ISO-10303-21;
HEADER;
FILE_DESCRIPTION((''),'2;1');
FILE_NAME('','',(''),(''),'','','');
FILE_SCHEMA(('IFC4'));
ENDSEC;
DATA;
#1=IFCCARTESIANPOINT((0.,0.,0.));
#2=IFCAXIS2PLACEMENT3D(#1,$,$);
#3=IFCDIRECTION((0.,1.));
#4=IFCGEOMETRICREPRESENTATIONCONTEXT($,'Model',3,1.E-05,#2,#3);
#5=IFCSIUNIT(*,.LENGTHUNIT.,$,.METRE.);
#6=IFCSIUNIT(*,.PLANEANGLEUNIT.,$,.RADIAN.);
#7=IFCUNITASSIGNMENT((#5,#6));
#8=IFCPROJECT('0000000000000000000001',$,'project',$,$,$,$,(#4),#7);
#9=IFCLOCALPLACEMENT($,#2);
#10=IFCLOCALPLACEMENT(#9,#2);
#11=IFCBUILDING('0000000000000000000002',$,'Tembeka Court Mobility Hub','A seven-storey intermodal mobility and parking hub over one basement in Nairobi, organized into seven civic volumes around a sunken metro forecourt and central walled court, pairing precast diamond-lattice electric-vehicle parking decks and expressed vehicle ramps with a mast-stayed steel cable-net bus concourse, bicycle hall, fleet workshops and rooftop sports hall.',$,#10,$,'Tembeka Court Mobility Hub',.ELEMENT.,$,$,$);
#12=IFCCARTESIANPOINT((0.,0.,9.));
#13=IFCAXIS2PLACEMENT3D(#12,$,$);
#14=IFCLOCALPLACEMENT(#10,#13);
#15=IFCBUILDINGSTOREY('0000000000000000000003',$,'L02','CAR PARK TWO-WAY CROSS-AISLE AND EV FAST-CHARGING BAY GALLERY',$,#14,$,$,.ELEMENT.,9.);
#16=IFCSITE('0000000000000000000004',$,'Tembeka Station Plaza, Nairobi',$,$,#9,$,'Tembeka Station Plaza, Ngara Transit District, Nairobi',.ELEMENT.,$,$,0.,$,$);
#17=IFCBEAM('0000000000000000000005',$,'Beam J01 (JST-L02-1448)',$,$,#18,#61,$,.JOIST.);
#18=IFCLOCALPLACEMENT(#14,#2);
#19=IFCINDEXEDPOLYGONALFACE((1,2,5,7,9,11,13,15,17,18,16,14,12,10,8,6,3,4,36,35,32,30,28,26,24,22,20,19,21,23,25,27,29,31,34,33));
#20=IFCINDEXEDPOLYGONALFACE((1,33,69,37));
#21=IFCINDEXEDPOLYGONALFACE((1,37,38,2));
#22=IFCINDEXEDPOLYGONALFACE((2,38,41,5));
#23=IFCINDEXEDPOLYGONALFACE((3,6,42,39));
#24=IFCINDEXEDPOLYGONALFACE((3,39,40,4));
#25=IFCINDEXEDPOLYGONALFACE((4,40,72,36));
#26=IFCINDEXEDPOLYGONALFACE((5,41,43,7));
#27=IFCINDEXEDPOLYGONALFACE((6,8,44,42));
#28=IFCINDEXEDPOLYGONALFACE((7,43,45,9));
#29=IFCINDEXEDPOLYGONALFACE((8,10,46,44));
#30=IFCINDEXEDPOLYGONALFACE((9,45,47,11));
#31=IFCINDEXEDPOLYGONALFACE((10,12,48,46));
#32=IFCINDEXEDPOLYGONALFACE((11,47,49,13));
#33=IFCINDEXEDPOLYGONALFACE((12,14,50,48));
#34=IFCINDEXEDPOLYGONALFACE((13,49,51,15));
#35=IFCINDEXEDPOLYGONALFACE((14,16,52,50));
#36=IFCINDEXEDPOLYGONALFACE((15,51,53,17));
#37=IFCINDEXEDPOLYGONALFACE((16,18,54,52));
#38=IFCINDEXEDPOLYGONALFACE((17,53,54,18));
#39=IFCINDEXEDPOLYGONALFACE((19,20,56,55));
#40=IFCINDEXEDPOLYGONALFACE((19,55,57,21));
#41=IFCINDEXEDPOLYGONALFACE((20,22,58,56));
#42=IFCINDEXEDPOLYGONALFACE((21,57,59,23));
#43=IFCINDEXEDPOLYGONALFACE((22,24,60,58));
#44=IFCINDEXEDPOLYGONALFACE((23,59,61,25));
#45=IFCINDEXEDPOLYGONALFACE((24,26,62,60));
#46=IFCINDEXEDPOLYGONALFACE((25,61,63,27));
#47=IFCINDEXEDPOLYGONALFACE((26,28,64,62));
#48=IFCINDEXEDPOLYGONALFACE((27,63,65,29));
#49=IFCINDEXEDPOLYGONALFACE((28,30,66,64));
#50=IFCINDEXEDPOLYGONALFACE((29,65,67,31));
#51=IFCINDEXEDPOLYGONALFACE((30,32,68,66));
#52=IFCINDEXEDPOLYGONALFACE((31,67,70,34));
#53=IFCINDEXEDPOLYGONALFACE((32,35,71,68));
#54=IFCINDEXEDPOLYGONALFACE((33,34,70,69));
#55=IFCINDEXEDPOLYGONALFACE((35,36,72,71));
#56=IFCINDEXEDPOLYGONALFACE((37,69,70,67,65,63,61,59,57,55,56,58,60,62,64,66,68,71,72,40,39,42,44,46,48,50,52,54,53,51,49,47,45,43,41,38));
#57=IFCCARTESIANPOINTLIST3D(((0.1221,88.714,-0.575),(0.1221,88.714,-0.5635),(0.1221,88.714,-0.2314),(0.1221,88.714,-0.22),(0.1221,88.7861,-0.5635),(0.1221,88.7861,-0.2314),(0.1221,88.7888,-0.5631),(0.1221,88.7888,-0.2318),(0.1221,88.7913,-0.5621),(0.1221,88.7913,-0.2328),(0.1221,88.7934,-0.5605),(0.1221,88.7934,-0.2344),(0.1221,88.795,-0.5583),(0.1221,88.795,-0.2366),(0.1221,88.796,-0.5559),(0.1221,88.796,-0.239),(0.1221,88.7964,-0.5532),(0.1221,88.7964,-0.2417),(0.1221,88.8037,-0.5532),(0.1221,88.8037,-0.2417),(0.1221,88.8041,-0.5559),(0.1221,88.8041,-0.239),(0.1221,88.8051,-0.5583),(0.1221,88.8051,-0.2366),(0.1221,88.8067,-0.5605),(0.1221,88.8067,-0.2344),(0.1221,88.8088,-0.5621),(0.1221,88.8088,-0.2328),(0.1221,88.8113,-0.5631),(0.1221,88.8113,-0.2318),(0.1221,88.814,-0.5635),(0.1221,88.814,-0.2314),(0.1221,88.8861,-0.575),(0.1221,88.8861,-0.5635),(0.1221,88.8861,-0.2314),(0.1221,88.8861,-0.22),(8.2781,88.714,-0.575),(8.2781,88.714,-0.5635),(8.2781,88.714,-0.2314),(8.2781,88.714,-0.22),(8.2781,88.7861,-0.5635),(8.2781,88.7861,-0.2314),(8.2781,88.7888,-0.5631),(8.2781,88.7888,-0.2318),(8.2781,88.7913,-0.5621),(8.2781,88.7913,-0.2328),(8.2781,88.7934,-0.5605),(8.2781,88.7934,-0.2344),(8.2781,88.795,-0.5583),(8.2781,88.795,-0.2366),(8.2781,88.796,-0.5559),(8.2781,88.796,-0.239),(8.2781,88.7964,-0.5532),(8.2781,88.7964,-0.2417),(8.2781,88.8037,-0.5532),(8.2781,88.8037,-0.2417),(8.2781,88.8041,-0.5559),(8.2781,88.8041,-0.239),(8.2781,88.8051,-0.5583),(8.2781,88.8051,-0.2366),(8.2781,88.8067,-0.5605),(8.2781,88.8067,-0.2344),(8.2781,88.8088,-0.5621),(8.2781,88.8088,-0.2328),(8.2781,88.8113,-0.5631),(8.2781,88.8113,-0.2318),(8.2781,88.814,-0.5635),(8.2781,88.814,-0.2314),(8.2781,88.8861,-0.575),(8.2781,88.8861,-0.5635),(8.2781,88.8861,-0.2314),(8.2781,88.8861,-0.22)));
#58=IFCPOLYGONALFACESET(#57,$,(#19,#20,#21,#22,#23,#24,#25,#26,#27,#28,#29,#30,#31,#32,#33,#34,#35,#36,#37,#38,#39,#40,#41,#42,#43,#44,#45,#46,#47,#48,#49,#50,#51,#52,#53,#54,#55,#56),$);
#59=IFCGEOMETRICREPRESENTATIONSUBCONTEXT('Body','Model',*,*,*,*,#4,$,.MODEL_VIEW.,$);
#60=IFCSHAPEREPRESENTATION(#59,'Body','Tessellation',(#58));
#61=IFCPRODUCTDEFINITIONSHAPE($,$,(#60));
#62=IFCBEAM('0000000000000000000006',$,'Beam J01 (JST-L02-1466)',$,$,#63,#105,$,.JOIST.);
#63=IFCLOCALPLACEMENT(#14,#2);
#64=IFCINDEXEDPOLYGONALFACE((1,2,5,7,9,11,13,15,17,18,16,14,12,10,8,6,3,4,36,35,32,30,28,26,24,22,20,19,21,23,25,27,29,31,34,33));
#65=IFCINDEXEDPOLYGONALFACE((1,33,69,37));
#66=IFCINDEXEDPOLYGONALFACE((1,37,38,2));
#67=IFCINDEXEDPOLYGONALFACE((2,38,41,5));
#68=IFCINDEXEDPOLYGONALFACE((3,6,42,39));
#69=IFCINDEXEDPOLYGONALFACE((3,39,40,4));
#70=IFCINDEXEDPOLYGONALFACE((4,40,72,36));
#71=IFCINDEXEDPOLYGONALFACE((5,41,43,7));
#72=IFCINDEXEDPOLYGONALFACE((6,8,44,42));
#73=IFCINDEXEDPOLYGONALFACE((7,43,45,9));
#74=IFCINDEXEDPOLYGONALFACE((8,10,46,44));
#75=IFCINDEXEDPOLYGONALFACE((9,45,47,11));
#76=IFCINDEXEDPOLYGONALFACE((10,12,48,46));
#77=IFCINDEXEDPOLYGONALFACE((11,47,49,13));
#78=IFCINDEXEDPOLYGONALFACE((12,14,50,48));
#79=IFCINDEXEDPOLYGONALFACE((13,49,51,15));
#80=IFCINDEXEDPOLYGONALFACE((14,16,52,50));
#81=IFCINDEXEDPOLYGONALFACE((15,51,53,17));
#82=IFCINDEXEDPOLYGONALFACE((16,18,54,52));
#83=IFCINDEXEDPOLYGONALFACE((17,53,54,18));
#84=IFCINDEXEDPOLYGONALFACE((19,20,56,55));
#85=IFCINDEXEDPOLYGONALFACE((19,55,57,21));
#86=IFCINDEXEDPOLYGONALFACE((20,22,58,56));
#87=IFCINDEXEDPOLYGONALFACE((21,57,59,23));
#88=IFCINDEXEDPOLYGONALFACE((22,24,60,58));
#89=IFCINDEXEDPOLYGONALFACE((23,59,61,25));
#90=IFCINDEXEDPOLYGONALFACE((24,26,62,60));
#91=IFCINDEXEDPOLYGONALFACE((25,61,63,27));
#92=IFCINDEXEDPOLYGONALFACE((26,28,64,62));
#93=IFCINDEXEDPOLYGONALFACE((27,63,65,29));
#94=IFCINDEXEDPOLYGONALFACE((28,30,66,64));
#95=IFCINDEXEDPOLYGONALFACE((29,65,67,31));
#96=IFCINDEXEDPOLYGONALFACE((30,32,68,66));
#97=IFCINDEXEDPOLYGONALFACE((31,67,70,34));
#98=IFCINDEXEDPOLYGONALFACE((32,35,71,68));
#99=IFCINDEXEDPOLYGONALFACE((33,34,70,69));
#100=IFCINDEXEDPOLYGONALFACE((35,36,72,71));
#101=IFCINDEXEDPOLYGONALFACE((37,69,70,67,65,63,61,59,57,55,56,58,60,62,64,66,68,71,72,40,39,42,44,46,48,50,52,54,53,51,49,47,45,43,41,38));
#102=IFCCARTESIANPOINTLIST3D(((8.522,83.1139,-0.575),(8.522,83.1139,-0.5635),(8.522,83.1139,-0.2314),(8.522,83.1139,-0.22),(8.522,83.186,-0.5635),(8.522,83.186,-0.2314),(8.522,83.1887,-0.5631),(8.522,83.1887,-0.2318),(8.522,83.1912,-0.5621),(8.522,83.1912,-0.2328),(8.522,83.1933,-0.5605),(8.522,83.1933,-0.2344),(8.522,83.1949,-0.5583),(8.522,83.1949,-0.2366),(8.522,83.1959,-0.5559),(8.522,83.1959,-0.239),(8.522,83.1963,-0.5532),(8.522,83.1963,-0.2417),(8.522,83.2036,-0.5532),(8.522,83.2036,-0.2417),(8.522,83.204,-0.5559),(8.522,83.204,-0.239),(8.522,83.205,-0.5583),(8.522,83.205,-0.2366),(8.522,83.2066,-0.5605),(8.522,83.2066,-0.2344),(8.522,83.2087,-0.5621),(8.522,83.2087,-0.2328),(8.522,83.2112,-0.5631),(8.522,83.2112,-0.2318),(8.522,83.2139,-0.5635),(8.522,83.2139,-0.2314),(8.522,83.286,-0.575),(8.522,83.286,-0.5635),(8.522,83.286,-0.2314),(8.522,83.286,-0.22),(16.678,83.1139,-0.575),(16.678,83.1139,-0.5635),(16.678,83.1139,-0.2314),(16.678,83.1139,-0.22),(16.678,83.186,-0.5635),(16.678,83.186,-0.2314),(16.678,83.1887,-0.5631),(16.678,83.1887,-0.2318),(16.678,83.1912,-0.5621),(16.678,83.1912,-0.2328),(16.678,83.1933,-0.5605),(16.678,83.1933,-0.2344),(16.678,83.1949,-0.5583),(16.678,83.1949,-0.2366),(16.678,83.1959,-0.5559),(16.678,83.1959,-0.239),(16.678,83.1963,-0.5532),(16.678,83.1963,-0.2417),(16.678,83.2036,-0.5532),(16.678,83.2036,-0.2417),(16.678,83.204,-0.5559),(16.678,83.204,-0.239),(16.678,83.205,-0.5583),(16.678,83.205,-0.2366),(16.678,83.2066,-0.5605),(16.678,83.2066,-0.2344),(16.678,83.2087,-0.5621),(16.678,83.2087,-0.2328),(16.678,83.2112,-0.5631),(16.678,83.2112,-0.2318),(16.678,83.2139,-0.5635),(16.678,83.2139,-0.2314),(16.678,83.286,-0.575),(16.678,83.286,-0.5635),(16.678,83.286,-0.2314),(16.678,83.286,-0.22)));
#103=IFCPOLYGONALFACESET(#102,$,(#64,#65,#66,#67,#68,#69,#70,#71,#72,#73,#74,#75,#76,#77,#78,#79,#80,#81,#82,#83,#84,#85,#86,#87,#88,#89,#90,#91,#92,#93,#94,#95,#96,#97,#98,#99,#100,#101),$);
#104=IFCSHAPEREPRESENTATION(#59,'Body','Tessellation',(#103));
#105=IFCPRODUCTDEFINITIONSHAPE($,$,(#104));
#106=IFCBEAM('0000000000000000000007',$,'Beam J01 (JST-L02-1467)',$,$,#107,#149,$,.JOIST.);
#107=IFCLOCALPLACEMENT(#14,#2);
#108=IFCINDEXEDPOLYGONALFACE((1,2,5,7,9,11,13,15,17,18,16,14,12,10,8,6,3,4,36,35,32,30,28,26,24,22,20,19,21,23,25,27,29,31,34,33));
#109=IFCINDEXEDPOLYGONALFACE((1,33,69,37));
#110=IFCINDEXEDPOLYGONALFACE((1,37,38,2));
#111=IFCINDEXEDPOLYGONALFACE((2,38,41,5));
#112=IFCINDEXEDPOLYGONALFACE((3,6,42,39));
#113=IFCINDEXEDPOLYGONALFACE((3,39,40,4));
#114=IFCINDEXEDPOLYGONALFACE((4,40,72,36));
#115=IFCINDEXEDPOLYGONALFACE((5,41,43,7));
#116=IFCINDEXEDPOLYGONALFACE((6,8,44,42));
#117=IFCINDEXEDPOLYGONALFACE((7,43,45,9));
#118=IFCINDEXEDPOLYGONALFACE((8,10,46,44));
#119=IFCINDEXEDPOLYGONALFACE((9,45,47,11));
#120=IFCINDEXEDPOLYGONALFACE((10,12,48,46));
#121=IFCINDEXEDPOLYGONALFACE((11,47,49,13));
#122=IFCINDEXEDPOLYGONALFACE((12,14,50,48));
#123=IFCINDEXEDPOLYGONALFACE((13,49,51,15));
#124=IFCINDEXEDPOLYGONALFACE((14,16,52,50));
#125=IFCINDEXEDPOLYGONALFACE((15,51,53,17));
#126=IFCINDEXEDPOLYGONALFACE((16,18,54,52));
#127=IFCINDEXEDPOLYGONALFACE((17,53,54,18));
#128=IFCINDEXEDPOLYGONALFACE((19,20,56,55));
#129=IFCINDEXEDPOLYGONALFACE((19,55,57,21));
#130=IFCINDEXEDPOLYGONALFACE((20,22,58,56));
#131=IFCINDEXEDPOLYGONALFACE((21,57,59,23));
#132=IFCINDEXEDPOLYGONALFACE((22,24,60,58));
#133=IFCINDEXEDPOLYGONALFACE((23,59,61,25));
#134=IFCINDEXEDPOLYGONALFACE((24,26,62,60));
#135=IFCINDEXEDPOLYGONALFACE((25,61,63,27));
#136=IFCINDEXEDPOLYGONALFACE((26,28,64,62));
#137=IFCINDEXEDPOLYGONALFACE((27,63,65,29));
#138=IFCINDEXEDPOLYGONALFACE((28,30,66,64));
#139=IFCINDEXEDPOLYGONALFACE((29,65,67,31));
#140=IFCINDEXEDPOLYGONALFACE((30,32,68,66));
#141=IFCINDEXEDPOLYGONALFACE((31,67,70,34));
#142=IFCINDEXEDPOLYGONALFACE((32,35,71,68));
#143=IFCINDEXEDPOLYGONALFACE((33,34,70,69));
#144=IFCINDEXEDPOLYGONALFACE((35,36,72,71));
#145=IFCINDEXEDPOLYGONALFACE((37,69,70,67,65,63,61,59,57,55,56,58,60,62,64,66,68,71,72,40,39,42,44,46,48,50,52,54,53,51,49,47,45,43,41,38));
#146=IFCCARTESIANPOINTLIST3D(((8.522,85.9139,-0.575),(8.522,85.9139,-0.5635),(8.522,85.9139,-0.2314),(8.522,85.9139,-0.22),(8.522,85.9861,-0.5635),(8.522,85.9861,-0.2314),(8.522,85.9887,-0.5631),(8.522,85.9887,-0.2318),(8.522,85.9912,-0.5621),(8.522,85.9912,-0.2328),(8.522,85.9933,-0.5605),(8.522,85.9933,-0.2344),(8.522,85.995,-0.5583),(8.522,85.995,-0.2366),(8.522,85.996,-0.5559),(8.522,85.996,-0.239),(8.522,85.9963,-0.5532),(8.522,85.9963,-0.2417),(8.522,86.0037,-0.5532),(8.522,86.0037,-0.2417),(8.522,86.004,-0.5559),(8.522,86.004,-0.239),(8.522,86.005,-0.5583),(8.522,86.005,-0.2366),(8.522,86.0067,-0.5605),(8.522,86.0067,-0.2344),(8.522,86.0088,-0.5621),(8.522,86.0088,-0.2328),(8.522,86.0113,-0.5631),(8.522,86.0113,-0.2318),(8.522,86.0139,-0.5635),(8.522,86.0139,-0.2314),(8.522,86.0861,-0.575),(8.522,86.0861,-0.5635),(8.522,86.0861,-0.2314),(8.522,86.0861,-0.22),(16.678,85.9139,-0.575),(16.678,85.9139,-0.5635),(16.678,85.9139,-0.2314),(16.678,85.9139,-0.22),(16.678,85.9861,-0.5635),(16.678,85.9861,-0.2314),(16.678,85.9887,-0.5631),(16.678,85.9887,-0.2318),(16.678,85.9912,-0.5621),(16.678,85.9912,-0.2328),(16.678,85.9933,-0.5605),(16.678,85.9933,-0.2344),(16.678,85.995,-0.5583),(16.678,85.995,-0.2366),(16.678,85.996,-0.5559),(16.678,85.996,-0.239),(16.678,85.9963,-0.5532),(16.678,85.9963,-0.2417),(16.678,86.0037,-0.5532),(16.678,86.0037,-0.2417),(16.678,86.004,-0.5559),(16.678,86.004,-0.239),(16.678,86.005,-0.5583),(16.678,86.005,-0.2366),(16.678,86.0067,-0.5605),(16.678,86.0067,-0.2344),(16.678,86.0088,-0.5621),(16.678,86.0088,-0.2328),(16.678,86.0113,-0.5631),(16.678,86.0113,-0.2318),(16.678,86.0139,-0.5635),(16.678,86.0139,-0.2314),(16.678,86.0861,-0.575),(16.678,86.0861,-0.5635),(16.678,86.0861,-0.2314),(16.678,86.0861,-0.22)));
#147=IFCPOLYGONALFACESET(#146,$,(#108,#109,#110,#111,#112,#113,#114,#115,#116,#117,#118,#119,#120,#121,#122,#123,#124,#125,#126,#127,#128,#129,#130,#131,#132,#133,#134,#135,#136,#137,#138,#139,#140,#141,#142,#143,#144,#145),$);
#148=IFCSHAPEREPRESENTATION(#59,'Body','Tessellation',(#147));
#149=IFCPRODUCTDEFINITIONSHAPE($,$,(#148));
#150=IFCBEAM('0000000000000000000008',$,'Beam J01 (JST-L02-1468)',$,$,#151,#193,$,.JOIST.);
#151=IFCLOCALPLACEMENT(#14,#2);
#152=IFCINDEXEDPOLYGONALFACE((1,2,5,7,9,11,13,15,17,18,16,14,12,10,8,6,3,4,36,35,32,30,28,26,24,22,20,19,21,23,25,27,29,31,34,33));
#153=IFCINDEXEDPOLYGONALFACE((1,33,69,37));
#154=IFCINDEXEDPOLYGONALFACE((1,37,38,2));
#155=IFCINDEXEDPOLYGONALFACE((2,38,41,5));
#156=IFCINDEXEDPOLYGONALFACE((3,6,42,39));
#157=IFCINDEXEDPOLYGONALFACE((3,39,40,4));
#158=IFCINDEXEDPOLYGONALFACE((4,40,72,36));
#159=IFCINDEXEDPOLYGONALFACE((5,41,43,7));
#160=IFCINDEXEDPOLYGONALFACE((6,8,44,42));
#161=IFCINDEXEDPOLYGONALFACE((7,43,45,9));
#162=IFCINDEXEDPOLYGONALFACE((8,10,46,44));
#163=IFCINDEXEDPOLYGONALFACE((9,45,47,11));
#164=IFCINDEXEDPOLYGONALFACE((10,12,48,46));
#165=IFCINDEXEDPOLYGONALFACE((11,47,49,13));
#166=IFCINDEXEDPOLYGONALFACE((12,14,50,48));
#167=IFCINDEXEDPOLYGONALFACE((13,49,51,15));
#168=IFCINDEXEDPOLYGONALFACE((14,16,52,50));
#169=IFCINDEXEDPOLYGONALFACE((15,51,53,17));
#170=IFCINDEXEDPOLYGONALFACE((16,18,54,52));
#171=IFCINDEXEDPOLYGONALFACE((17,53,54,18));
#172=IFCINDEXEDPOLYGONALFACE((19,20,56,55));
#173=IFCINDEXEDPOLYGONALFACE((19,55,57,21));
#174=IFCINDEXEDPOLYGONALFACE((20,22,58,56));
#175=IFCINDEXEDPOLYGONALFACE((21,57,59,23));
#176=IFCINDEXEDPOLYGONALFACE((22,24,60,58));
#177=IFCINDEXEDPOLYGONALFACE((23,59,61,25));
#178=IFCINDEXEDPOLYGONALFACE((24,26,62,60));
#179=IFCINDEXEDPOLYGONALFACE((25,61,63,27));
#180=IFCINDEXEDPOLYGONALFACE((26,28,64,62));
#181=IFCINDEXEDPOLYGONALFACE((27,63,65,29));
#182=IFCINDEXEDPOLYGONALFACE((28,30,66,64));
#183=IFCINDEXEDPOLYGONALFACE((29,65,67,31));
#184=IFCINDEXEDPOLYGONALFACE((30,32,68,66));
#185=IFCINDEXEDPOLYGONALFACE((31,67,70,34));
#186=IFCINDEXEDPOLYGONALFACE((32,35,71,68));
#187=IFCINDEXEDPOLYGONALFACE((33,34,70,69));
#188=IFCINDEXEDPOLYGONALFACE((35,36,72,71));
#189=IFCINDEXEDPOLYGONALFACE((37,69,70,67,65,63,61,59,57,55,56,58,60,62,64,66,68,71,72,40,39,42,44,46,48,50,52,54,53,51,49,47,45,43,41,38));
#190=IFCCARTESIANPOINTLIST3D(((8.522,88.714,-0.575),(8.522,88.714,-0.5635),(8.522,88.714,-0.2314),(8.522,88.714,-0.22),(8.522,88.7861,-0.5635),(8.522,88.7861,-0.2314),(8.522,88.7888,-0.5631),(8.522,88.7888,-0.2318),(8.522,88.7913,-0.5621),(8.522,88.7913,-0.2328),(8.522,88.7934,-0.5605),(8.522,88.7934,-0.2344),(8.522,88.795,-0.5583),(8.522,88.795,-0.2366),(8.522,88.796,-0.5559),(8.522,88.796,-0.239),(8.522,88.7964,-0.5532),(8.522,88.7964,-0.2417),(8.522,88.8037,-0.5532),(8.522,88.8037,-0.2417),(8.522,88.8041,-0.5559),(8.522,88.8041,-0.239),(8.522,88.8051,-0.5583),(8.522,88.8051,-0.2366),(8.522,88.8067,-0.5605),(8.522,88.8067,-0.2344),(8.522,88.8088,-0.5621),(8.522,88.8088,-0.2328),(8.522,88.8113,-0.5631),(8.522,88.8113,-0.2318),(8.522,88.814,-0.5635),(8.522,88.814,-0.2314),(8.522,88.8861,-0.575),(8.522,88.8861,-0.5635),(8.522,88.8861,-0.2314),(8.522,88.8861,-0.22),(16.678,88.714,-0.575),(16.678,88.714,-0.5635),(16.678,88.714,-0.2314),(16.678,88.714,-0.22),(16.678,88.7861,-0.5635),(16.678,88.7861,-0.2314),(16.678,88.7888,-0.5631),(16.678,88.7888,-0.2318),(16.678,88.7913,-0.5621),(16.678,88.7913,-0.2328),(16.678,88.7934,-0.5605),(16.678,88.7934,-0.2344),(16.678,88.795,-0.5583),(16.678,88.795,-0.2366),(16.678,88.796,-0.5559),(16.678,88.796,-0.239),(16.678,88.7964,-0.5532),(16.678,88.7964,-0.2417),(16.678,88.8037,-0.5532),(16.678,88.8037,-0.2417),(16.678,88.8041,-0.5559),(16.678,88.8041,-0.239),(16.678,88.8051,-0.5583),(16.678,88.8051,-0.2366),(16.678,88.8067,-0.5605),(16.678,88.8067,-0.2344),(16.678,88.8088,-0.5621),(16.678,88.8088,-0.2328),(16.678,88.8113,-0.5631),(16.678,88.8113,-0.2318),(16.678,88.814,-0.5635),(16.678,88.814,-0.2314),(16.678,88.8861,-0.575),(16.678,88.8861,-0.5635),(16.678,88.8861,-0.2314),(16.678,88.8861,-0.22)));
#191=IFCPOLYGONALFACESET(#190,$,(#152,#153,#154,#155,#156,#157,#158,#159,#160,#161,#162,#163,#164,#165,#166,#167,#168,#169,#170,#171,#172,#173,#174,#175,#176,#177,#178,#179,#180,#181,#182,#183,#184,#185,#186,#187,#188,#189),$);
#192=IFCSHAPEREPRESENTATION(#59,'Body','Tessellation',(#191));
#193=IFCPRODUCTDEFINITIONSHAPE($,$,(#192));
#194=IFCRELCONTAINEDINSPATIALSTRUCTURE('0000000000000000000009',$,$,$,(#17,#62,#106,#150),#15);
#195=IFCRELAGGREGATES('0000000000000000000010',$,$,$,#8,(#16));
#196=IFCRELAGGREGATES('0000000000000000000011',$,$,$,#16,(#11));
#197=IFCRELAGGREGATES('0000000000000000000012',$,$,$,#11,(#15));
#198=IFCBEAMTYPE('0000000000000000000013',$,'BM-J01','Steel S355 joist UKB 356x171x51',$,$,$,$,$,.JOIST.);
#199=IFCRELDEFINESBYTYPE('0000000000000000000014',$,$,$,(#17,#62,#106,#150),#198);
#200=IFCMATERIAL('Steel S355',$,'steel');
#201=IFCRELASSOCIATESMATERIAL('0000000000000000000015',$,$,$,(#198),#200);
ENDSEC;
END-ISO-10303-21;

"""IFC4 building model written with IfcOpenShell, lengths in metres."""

from ifc_helpers import new_model, si_unit, direction, frame, origin, origin_2d, place, context, subcontext, project, spatial, i_section, extrude, material, material_profile, profile_set, type_object, element, save


model = new_model("IFC4")

# Units and contexts
model_context = context("Model", 3, precision=1e-05, world=origin(), true_north=direction((0.0, 1.0)))
body_context = subcontext(model_context, "Body", "Model", "MODEL_VIEW")
ifc_project = project(units=[si_unit("LENGTHUNIT", "METRE"), si_unit("PLANEANGLEUNIT", "RADIAN")], contexts=[model_context])

# Site, building, storey
site_placement = place(None, origin())
site = spatial("IfcSite", under=ifc_project, at=site_placement, Name="Tembeka Station Plaza, Nairobi", LongName="Tembeka Station Plaza, Ngara Transit District, Nairobi", CompositionType="ELEMENT", RefElevation=0.0)
building_placement = place(site_placement, origin())
building = spatial("IfcBuilding", under=site, at=building_placement, Name="Tembeka Court Mobility Hub", Description="A seven-storey intermodal mobility and parking hub over one basement in Nairobi, organized into seven civic volumes around a sunken metro forecourt and central walled court, pairing precast diamond-lattice electric-vehicle parking decks and expressed vehicle ramps with a mast-stayed steel cable-net bus concourse, bicycle hall, fleet workshops and rooftop sports hall.", LongName="Tembeka Court Mobility Hub", CompositionType="ELEMENT")
storey_placement = place(building_placement, frame((0.0, 0.0, 9.0)))
storey = spatial("IfcBuildingStorey", under=building, at=storey_placement, Name="L02", Description="CAR PARK TWO-WAY CROSS-AISLE AND EV FAST-CHARGING BAY GALLERY", CompositionType="ELEMENT", Elevation=9.0)

# Shared definitions
ifc_material_1 = material(Name="Steel S355", Category="steel")

# Beams
ifc_material_profile_1 = material_profile(ifc_material_1, i_section(OverallWidth=0.1721, OverallDepth=0.355, WebThickness=0.0073, FlangeThickness=0.0115, FilletRadius=0.0103, at=origin_2d()), Name="UKB 356x171x51")
ifc_profile_set_1 = profile_set([ifc_material_profile_1], Name="Steel S355")
beam_type_1 = type_object("IfcBeamType", Name="BM-J01", Description="Steel S355 joist UKB 356x171x51", PredefinedType="JOIST", material=ifc_profile_set_1)
for number, where, z_axis, x_axis, name in (
    (1, (0.1221, 88.8, -0.3975), (1.0, 0.0, 0.0), (0.0, 1.0, 0.0), "Beam J01 (JST-L02-1448)"),
    (2, (8.522, 83.2, -0.3975), (1.0, 0.0, 0.0), (0.0, 1.0, 0.0), "Beam J01 (JST-L02-1466)"),
    (3, (8.522, 86.0, -0.3975), (1.0, 0.0, 0.0), (0.0, 1.0, 0.0), "Beam J01 (JST-L02-1467)"),
    (4, (8.522, 88.8, -0.3975), (1.0, 0.0, 0.0), (0.0, 1.0, 0.0), "Beam J01 (JST-L02-1468)"),
):
    element("IfcBeam", number, at=place(storey_placement, frame(where, z_axis=z_axis, x_axis=x_axis)), inside=storey, type_object=beam_type_1, Name=name, PredefinedType="JOIST", context=body_context, shape_type="SweptSolid", body=[
        extrude(i_section(OverallWidth=0.1721, OverallDepth=0.355, WebThickness=0.0073, FlangeThickness=0.0115, FilletRadius=0.0103, at=origin_2d()), origin(), (0.0, 0.0, 1.0), 8.156),
    ])

save(model, "model.ifc")
